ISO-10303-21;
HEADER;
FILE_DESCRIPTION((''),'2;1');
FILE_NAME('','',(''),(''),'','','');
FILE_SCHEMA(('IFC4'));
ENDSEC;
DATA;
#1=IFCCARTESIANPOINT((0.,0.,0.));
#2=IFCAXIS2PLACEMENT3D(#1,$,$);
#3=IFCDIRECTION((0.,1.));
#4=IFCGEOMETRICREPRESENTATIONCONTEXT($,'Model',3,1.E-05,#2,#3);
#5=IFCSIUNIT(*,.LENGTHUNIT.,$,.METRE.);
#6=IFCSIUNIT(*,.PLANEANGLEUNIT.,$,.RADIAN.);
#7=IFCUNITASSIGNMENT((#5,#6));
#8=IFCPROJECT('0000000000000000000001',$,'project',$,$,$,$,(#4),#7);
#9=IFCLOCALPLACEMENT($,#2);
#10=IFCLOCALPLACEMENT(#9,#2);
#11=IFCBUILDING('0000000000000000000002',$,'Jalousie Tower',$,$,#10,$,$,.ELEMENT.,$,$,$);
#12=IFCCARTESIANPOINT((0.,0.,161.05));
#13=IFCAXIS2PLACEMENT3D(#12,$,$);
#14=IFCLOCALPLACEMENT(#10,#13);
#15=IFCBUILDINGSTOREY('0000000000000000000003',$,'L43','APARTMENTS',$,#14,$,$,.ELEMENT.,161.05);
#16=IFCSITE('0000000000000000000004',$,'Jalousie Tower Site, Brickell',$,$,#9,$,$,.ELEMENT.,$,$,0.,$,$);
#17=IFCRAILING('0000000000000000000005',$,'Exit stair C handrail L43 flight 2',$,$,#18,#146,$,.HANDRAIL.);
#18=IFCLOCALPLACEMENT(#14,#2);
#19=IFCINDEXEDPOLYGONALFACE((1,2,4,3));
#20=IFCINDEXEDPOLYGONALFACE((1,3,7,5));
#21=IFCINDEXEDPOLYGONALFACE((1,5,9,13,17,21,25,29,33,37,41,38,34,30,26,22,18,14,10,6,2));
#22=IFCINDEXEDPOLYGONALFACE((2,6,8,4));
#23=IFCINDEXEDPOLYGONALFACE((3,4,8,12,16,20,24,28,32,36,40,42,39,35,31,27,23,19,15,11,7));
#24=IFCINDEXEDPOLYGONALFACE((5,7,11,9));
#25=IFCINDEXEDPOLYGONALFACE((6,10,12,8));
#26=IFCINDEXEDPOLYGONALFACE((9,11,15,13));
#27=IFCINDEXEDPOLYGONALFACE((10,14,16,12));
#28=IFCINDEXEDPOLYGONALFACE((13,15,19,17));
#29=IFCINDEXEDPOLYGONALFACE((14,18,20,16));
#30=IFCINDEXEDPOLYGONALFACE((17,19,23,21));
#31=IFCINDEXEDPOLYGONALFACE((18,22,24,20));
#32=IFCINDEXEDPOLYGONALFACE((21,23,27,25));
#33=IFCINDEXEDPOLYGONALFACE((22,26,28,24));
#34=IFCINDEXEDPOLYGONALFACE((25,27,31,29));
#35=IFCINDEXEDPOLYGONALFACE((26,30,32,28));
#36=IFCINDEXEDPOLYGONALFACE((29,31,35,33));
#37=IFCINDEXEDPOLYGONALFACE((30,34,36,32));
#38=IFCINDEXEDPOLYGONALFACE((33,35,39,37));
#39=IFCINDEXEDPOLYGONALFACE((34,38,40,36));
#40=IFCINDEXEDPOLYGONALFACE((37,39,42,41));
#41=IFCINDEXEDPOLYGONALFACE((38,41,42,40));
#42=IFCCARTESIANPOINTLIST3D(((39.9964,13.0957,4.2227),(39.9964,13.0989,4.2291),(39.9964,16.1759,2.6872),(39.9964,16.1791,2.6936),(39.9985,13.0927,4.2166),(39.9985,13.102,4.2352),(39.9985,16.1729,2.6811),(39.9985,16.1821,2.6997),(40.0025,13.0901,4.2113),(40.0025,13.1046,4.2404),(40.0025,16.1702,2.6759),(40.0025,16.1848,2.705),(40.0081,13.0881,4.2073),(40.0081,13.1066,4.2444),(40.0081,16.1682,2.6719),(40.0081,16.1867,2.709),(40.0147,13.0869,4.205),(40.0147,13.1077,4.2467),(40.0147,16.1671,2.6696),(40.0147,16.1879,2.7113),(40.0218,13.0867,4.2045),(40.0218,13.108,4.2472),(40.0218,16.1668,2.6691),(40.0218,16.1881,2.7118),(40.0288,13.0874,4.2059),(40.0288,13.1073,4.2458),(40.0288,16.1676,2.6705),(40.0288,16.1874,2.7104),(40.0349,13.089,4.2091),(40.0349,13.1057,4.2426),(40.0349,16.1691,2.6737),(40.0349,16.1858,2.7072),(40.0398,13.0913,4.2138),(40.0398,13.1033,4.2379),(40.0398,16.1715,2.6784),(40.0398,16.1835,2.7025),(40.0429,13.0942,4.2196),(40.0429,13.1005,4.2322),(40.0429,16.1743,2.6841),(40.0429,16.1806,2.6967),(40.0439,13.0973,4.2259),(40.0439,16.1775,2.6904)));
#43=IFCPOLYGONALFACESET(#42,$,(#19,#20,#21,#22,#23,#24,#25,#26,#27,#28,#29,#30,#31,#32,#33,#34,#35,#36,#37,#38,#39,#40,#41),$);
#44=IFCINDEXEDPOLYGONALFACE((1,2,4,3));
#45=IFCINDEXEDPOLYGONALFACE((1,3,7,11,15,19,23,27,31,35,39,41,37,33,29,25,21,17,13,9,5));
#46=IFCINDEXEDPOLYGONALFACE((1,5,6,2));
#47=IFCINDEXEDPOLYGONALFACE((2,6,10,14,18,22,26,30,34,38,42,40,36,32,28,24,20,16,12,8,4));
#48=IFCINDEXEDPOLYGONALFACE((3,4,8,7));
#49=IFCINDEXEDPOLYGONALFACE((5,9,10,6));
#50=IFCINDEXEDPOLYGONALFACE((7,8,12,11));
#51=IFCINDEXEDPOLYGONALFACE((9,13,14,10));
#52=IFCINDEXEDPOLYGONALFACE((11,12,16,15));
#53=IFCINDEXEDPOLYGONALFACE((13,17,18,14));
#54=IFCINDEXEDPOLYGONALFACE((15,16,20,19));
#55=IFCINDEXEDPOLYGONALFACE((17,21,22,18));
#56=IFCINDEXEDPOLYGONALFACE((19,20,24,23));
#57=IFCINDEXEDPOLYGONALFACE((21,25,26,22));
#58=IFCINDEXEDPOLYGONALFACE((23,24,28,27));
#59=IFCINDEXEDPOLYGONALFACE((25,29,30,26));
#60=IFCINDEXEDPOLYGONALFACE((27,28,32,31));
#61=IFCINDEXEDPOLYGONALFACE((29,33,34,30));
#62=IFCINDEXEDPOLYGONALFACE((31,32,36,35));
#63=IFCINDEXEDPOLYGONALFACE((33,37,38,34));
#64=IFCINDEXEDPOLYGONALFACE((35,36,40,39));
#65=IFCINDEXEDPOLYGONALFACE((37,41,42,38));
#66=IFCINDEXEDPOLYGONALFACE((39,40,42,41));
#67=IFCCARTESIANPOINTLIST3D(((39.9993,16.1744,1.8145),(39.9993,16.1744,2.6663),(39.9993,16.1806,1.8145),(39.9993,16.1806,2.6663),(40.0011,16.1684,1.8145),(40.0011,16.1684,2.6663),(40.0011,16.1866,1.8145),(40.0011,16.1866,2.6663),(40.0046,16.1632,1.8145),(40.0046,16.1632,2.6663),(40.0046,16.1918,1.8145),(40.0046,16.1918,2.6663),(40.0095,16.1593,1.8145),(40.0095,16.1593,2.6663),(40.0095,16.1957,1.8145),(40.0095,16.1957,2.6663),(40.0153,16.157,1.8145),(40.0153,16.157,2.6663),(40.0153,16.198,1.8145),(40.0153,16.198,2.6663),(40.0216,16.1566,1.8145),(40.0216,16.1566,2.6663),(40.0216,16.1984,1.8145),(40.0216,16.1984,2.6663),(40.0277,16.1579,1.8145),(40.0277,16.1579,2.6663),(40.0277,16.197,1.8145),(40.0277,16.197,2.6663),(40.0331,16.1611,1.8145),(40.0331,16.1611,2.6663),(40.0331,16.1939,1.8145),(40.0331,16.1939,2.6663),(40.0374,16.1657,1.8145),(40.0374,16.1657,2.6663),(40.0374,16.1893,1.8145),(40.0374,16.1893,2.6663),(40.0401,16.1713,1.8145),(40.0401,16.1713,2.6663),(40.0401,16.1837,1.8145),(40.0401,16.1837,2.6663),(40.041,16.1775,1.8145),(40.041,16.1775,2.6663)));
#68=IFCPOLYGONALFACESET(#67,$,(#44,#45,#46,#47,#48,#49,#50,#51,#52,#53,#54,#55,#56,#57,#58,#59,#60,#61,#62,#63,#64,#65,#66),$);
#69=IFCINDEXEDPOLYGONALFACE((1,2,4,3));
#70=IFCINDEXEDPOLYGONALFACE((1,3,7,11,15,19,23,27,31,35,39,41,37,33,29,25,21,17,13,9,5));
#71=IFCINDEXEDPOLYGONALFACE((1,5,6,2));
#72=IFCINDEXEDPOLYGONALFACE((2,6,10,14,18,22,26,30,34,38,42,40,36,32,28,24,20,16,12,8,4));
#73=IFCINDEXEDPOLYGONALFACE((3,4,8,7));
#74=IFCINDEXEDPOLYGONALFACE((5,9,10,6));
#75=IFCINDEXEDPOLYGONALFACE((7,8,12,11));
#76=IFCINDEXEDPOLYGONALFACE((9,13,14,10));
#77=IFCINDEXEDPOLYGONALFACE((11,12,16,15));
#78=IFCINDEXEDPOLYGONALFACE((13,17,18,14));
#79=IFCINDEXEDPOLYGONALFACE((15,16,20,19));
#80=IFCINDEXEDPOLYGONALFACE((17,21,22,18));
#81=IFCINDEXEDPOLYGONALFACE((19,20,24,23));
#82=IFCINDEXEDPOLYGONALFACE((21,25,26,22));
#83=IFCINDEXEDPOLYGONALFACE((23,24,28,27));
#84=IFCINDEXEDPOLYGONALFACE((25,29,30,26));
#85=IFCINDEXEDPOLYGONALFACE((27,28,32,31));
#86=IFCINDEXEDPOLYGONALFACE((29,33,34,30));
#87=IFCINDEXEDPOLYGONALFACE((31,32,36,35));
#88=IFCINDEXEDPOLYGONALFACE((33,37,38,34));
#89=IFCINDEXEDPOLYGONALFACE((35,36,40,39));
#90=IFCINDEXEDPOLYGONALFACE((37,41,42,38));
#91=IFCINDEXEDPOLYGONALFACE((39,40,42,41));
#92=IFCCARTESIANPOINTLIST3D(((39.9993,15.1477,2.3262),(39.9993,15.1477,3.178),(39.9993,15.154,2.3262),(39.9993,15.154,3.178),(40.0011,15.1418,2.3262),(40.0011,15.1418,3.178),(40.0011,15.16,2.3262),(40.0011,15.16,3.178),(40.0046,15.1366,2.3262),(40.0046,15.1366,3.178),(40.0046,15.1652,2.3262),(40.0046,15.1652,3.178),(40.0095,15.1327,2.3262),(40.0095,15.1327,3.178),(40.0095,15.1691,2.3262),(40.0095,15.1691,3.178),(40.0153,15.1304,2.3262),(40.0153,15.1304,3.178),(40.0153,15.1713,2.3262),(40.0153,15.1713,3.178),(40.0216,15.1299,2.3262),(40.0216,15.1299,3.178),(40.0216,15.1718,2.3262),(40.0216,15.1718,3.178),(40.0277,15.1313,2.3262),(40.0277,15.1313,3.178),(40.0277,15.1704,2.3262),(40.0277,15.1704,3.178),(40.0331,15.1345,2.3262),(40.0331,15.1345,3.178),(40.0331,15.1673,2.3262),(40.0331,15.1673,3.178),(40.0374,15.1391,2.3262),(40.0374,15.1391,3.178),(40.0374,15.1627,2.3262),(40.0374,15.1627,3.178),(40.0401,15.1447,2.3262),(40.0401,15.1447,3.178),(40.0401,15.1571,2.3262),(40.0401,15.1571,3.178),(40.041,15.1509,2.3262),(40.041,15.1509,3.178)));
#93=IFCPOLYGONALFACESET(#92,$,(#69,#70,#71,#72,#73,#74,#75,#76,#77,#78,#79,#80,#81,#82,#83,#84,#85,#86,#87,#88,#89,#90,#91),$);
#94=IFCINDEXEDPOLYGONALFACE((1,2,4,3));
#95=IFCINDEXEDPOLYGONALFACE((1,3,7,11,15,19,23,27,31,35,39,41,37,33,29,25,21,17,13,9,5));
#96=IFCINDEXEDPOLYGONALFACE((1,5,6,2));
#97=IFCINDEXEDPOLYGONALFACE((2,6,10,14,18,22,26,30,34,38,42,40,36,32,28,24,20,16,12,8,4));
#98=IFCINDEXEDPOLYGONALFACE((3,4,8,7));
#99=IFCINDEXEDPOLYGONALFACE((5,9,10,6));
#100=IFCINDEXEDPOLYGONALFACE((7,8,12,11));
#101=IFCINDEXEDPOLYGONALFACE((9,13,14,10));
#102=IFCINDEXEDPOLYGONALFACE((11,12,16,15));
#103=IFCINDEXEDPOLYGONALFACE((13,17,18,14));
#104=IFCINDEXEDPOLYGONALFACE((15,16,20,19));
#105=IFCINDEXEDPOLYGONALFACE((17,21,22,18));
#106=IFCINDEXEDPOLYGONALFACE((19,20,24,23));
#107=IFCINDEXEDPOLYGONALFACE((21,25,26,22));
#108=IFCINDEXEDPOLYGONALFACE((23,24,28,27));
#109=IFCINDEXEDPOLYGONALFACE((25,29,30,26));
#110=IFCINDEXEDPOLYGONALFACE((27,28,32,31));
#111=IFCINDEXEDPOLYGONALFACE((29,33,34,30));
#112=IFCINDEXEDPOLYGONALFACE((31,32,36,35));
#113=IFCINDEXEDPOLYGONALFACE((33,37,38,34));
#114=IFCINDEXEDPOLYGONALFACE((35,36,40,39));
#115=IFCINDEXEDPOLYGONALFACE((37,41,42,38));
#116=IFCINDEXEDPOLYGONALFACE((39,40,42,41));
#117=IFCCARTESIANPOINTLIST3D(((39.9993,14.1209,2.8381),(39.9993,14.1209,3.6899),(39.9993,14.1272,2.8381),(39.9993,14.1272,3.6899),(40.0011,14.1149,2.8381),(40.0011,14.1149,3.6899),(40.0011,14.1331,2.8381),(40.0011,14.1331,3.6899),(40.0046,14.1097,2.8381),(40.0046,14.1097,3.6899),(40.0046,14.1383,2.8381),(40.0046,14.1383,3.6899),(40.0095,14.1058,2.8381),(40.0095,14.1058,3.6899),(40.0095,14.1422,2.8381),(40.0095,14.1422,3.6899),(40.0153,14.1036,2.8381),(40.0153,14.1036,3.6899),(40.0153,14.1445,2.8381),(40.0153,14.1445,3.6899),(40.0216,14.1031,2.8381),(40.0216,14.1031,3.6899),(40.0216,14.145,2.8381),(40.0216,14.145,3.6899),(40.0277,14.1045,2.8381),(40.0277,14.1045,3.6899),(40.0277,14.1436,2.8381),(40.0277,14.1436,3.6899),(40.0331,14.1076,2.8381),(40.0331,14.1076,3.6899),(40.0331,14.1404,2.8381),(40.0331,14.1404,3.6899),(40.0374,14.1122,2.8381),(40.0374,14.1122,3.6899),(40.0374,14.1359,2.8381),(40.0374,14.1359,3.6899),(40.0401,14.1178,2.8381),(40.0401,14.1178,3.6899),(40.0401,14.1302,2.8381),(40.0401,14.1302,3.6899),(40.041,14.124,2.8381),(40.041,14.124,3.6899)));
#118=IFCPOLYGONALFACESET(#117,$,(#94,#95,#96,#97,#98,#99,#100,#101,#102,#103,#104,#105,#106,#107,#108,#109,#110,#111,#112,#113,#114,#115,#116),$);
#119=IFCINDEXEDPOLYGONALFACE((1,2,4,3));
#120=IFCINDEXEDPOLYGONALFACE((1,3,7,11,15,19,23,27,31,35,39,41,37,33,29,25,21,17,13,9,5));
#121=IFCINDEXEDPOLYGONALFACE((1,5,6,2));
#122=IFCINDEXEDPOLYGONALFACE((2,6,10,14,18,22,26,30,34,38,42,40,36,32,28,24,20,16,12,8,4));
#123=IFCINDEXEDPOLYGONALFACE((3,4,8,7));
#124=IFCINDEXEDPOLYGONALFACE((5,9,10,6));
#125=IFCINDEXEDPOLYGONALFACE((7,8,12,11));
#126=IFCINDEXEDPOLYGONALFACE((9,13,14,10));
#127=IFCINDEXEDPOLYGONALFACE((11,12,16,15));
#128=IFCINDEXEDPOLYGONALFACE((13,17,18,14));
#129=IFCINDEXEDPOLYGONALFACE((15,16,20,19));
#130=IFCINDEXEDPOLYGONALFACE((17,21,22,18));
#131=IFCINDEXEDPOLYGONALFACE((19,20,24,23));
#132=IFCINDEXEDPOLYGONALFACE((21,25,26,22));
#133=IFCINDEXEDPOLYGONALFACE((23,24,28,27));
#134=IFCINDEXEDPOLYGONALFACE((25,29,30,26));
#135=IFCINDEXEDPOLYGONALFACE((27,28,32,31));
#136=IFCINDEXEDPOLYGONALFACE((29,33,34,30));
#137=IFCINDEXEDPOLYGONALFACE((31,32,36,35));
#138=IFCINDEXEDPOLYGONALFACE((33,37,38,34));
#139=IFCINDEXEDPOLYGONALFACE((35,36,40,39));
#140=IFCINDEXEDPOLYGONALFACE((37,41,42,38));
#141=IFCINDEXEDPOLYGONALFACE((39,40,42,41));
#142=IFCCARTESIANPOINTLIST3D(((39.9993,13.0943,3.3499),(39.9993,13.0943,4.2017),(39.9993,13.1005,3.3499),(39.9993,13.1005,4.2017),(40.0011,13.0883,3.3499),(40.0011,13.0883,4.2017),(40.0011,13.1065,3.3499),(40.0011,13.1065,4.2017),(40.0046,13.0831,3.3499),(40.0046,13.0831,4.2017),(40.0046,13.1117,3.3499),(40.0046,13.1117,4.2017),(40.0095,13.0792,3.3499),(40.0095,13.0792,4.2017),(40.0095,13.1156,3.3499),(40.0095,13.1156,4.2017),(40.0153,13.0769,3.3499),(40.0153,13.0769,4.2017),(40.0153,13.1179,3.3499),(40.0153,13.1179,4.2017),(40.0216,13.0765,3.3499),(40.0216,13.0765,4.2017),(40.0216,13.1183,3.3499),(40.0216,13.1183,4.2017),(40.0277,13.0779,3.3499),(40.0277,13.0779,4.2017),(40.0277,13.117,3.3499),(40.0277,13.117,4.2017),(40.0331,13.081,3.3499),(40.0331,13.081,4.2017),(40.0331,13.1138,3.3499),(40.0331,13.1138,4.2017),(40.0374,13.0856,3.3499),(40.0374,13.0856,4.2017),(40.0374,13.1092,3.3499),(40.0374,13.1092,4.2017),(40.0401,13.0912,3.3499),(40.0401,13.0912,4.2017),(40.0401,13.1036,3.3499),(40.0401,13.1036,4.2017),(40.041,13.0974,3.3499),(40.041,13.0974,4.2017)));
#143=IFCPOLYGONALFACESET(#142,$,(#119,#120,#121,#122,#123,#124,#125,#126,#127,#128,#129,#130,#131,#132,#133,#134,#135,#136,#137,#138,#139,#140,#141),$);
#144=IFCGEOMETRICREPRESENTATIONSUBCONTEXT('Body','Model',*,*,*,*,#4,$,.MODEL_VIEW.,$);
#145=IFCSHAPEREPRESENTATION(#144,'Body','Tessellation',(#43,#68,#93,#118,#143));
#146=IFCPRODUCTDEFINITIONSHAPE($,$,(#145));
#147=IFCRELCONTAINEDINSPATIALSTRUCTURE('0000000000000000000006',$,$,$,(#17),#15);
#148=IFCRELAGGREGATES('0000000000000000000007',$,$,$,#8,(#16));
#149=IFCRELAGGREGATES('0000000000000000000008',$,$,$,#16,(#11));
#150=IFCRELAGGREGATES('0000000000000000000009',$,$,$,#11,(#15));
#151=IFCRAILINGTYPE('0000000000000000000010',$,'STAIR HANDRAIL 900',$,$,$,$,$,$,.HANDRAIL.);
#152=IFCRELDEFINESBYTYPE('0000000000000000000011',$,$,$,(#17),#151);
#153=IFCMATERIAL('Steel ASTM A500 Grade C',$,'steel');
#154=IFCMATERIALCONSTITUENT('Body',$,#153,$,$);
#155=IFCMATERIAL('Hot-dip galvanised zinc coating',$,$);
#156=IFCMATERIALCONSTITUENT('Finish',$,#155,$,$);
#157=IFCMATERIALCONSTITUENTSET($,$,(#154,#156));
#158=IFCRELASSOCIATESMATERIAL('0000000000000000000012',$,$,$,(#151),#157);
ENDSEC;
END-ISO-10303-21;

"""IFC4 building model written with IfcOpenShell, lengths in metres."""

from ifc_helpers import new_model, si_unit, direction, frame, origin, origin_2d, place, context, subcontext, project, spatial, circle, extrude, material, constituent, constituent_set, type_object, element, save


model = new_model("IFC4")

# Units and contexts
model_context = context("Model", 3, precision=1e-05, world=origin(), true_north=direction((0.0, 1.0)))
body_context = subcontext(model_context, "Body", "Model", "MODEL_VIEW")
ifc_project = project(units=[si_unit("LENGTHUNIT", "METRE"), si_unit("PLANEANGLEUNIT", "RADIAN")], contexts=[model_context])

# Site, building, storey
site_placement = place(None, origin())
site = spatial("IfcSite", under=ifc_project, at=site_placement, Name="Jalousie Tower Site, Brickell", CompositionType="ELEMENT", RefElevation=0.0)
building_placement = place(site_placement, origin())
building = spatial("IfcBuilding", under=site, at=building_placement, Name="Jalousie Tower", CompositionType="ELEMENT")
storey_placement = place(building_placement, frame((0.0, 0.0, 161.05)))
storey = spatial("IfcBuildingStorey", under=building, at=storey_placement, Name="L43", Description="APARTMENTS", CompositionType="ELEMENT", Elevation=161.05)

# Railing
ifc_material_1 = material(Name="Steel ASTM A500 Grade C", Category="steel")
ifc_constituent_1 = constituent(ifc_material_1, Name="Body")
ifc_material_2 = material(Name="Hot-dip galvanised zinc coating")
ifc_constituent_2 = constituent(ifc_material_2, Name="Finish")
ifc_constituent_set_1 = constituent_set(constituents=[ifc_constituent_1, ifc_constituent_2])
railing_type_1 = type_object("IfcRailingType", Name="STAIR HANDRAIL 900", PredefinedType="HANDRAIL", material=ifc_constituent_set_1)
railing_1_placement = place(storey_placement, frame((40.02, 16.1775, 1.8145)))
element("IfcRailing", 1, at=railing_1_placement, inside=storey, type_object=railing_type_1, Name="Exit stair C handrail L43 flight 2", PredefinedType="HANDRAIL", context=body_context, shape_type="SweptSolid", body=[
    extrude(circle(Radius=0.0239, at=origin_2d()), frame((0.0, 0.0, 0.876), z_axis=(0.0, -0.894966, 0.446135), x_axis=(1.0, 0.0, 0.0)), (0.0, 0.0, 1.0), 3.4417),
    extrude(circle(Radius=0.021, at=origin_2d()), origin(), (0.0, 0.0, 1.0), 0.8518),
    extrude(circle(Radius=0.021, at=origin_2d()), frame((0.0, -1.0266, 0.5117)), (0.0, 0.0, 1.0), 0.8518),
    extrude(circle(Radius=0.021, at=origin_2d()), frame((0.0, -2.0535, 1.0237)), (0.0, 0.0, 1.0), 0.8518),
    extrude(circle(Radius=0.021, at=origin_2d()), frame((0.0, -3.0801, 1.5354)), (0.0, 0.0, 1.0), 0.8518),
])

save(model, "model.ifc")
